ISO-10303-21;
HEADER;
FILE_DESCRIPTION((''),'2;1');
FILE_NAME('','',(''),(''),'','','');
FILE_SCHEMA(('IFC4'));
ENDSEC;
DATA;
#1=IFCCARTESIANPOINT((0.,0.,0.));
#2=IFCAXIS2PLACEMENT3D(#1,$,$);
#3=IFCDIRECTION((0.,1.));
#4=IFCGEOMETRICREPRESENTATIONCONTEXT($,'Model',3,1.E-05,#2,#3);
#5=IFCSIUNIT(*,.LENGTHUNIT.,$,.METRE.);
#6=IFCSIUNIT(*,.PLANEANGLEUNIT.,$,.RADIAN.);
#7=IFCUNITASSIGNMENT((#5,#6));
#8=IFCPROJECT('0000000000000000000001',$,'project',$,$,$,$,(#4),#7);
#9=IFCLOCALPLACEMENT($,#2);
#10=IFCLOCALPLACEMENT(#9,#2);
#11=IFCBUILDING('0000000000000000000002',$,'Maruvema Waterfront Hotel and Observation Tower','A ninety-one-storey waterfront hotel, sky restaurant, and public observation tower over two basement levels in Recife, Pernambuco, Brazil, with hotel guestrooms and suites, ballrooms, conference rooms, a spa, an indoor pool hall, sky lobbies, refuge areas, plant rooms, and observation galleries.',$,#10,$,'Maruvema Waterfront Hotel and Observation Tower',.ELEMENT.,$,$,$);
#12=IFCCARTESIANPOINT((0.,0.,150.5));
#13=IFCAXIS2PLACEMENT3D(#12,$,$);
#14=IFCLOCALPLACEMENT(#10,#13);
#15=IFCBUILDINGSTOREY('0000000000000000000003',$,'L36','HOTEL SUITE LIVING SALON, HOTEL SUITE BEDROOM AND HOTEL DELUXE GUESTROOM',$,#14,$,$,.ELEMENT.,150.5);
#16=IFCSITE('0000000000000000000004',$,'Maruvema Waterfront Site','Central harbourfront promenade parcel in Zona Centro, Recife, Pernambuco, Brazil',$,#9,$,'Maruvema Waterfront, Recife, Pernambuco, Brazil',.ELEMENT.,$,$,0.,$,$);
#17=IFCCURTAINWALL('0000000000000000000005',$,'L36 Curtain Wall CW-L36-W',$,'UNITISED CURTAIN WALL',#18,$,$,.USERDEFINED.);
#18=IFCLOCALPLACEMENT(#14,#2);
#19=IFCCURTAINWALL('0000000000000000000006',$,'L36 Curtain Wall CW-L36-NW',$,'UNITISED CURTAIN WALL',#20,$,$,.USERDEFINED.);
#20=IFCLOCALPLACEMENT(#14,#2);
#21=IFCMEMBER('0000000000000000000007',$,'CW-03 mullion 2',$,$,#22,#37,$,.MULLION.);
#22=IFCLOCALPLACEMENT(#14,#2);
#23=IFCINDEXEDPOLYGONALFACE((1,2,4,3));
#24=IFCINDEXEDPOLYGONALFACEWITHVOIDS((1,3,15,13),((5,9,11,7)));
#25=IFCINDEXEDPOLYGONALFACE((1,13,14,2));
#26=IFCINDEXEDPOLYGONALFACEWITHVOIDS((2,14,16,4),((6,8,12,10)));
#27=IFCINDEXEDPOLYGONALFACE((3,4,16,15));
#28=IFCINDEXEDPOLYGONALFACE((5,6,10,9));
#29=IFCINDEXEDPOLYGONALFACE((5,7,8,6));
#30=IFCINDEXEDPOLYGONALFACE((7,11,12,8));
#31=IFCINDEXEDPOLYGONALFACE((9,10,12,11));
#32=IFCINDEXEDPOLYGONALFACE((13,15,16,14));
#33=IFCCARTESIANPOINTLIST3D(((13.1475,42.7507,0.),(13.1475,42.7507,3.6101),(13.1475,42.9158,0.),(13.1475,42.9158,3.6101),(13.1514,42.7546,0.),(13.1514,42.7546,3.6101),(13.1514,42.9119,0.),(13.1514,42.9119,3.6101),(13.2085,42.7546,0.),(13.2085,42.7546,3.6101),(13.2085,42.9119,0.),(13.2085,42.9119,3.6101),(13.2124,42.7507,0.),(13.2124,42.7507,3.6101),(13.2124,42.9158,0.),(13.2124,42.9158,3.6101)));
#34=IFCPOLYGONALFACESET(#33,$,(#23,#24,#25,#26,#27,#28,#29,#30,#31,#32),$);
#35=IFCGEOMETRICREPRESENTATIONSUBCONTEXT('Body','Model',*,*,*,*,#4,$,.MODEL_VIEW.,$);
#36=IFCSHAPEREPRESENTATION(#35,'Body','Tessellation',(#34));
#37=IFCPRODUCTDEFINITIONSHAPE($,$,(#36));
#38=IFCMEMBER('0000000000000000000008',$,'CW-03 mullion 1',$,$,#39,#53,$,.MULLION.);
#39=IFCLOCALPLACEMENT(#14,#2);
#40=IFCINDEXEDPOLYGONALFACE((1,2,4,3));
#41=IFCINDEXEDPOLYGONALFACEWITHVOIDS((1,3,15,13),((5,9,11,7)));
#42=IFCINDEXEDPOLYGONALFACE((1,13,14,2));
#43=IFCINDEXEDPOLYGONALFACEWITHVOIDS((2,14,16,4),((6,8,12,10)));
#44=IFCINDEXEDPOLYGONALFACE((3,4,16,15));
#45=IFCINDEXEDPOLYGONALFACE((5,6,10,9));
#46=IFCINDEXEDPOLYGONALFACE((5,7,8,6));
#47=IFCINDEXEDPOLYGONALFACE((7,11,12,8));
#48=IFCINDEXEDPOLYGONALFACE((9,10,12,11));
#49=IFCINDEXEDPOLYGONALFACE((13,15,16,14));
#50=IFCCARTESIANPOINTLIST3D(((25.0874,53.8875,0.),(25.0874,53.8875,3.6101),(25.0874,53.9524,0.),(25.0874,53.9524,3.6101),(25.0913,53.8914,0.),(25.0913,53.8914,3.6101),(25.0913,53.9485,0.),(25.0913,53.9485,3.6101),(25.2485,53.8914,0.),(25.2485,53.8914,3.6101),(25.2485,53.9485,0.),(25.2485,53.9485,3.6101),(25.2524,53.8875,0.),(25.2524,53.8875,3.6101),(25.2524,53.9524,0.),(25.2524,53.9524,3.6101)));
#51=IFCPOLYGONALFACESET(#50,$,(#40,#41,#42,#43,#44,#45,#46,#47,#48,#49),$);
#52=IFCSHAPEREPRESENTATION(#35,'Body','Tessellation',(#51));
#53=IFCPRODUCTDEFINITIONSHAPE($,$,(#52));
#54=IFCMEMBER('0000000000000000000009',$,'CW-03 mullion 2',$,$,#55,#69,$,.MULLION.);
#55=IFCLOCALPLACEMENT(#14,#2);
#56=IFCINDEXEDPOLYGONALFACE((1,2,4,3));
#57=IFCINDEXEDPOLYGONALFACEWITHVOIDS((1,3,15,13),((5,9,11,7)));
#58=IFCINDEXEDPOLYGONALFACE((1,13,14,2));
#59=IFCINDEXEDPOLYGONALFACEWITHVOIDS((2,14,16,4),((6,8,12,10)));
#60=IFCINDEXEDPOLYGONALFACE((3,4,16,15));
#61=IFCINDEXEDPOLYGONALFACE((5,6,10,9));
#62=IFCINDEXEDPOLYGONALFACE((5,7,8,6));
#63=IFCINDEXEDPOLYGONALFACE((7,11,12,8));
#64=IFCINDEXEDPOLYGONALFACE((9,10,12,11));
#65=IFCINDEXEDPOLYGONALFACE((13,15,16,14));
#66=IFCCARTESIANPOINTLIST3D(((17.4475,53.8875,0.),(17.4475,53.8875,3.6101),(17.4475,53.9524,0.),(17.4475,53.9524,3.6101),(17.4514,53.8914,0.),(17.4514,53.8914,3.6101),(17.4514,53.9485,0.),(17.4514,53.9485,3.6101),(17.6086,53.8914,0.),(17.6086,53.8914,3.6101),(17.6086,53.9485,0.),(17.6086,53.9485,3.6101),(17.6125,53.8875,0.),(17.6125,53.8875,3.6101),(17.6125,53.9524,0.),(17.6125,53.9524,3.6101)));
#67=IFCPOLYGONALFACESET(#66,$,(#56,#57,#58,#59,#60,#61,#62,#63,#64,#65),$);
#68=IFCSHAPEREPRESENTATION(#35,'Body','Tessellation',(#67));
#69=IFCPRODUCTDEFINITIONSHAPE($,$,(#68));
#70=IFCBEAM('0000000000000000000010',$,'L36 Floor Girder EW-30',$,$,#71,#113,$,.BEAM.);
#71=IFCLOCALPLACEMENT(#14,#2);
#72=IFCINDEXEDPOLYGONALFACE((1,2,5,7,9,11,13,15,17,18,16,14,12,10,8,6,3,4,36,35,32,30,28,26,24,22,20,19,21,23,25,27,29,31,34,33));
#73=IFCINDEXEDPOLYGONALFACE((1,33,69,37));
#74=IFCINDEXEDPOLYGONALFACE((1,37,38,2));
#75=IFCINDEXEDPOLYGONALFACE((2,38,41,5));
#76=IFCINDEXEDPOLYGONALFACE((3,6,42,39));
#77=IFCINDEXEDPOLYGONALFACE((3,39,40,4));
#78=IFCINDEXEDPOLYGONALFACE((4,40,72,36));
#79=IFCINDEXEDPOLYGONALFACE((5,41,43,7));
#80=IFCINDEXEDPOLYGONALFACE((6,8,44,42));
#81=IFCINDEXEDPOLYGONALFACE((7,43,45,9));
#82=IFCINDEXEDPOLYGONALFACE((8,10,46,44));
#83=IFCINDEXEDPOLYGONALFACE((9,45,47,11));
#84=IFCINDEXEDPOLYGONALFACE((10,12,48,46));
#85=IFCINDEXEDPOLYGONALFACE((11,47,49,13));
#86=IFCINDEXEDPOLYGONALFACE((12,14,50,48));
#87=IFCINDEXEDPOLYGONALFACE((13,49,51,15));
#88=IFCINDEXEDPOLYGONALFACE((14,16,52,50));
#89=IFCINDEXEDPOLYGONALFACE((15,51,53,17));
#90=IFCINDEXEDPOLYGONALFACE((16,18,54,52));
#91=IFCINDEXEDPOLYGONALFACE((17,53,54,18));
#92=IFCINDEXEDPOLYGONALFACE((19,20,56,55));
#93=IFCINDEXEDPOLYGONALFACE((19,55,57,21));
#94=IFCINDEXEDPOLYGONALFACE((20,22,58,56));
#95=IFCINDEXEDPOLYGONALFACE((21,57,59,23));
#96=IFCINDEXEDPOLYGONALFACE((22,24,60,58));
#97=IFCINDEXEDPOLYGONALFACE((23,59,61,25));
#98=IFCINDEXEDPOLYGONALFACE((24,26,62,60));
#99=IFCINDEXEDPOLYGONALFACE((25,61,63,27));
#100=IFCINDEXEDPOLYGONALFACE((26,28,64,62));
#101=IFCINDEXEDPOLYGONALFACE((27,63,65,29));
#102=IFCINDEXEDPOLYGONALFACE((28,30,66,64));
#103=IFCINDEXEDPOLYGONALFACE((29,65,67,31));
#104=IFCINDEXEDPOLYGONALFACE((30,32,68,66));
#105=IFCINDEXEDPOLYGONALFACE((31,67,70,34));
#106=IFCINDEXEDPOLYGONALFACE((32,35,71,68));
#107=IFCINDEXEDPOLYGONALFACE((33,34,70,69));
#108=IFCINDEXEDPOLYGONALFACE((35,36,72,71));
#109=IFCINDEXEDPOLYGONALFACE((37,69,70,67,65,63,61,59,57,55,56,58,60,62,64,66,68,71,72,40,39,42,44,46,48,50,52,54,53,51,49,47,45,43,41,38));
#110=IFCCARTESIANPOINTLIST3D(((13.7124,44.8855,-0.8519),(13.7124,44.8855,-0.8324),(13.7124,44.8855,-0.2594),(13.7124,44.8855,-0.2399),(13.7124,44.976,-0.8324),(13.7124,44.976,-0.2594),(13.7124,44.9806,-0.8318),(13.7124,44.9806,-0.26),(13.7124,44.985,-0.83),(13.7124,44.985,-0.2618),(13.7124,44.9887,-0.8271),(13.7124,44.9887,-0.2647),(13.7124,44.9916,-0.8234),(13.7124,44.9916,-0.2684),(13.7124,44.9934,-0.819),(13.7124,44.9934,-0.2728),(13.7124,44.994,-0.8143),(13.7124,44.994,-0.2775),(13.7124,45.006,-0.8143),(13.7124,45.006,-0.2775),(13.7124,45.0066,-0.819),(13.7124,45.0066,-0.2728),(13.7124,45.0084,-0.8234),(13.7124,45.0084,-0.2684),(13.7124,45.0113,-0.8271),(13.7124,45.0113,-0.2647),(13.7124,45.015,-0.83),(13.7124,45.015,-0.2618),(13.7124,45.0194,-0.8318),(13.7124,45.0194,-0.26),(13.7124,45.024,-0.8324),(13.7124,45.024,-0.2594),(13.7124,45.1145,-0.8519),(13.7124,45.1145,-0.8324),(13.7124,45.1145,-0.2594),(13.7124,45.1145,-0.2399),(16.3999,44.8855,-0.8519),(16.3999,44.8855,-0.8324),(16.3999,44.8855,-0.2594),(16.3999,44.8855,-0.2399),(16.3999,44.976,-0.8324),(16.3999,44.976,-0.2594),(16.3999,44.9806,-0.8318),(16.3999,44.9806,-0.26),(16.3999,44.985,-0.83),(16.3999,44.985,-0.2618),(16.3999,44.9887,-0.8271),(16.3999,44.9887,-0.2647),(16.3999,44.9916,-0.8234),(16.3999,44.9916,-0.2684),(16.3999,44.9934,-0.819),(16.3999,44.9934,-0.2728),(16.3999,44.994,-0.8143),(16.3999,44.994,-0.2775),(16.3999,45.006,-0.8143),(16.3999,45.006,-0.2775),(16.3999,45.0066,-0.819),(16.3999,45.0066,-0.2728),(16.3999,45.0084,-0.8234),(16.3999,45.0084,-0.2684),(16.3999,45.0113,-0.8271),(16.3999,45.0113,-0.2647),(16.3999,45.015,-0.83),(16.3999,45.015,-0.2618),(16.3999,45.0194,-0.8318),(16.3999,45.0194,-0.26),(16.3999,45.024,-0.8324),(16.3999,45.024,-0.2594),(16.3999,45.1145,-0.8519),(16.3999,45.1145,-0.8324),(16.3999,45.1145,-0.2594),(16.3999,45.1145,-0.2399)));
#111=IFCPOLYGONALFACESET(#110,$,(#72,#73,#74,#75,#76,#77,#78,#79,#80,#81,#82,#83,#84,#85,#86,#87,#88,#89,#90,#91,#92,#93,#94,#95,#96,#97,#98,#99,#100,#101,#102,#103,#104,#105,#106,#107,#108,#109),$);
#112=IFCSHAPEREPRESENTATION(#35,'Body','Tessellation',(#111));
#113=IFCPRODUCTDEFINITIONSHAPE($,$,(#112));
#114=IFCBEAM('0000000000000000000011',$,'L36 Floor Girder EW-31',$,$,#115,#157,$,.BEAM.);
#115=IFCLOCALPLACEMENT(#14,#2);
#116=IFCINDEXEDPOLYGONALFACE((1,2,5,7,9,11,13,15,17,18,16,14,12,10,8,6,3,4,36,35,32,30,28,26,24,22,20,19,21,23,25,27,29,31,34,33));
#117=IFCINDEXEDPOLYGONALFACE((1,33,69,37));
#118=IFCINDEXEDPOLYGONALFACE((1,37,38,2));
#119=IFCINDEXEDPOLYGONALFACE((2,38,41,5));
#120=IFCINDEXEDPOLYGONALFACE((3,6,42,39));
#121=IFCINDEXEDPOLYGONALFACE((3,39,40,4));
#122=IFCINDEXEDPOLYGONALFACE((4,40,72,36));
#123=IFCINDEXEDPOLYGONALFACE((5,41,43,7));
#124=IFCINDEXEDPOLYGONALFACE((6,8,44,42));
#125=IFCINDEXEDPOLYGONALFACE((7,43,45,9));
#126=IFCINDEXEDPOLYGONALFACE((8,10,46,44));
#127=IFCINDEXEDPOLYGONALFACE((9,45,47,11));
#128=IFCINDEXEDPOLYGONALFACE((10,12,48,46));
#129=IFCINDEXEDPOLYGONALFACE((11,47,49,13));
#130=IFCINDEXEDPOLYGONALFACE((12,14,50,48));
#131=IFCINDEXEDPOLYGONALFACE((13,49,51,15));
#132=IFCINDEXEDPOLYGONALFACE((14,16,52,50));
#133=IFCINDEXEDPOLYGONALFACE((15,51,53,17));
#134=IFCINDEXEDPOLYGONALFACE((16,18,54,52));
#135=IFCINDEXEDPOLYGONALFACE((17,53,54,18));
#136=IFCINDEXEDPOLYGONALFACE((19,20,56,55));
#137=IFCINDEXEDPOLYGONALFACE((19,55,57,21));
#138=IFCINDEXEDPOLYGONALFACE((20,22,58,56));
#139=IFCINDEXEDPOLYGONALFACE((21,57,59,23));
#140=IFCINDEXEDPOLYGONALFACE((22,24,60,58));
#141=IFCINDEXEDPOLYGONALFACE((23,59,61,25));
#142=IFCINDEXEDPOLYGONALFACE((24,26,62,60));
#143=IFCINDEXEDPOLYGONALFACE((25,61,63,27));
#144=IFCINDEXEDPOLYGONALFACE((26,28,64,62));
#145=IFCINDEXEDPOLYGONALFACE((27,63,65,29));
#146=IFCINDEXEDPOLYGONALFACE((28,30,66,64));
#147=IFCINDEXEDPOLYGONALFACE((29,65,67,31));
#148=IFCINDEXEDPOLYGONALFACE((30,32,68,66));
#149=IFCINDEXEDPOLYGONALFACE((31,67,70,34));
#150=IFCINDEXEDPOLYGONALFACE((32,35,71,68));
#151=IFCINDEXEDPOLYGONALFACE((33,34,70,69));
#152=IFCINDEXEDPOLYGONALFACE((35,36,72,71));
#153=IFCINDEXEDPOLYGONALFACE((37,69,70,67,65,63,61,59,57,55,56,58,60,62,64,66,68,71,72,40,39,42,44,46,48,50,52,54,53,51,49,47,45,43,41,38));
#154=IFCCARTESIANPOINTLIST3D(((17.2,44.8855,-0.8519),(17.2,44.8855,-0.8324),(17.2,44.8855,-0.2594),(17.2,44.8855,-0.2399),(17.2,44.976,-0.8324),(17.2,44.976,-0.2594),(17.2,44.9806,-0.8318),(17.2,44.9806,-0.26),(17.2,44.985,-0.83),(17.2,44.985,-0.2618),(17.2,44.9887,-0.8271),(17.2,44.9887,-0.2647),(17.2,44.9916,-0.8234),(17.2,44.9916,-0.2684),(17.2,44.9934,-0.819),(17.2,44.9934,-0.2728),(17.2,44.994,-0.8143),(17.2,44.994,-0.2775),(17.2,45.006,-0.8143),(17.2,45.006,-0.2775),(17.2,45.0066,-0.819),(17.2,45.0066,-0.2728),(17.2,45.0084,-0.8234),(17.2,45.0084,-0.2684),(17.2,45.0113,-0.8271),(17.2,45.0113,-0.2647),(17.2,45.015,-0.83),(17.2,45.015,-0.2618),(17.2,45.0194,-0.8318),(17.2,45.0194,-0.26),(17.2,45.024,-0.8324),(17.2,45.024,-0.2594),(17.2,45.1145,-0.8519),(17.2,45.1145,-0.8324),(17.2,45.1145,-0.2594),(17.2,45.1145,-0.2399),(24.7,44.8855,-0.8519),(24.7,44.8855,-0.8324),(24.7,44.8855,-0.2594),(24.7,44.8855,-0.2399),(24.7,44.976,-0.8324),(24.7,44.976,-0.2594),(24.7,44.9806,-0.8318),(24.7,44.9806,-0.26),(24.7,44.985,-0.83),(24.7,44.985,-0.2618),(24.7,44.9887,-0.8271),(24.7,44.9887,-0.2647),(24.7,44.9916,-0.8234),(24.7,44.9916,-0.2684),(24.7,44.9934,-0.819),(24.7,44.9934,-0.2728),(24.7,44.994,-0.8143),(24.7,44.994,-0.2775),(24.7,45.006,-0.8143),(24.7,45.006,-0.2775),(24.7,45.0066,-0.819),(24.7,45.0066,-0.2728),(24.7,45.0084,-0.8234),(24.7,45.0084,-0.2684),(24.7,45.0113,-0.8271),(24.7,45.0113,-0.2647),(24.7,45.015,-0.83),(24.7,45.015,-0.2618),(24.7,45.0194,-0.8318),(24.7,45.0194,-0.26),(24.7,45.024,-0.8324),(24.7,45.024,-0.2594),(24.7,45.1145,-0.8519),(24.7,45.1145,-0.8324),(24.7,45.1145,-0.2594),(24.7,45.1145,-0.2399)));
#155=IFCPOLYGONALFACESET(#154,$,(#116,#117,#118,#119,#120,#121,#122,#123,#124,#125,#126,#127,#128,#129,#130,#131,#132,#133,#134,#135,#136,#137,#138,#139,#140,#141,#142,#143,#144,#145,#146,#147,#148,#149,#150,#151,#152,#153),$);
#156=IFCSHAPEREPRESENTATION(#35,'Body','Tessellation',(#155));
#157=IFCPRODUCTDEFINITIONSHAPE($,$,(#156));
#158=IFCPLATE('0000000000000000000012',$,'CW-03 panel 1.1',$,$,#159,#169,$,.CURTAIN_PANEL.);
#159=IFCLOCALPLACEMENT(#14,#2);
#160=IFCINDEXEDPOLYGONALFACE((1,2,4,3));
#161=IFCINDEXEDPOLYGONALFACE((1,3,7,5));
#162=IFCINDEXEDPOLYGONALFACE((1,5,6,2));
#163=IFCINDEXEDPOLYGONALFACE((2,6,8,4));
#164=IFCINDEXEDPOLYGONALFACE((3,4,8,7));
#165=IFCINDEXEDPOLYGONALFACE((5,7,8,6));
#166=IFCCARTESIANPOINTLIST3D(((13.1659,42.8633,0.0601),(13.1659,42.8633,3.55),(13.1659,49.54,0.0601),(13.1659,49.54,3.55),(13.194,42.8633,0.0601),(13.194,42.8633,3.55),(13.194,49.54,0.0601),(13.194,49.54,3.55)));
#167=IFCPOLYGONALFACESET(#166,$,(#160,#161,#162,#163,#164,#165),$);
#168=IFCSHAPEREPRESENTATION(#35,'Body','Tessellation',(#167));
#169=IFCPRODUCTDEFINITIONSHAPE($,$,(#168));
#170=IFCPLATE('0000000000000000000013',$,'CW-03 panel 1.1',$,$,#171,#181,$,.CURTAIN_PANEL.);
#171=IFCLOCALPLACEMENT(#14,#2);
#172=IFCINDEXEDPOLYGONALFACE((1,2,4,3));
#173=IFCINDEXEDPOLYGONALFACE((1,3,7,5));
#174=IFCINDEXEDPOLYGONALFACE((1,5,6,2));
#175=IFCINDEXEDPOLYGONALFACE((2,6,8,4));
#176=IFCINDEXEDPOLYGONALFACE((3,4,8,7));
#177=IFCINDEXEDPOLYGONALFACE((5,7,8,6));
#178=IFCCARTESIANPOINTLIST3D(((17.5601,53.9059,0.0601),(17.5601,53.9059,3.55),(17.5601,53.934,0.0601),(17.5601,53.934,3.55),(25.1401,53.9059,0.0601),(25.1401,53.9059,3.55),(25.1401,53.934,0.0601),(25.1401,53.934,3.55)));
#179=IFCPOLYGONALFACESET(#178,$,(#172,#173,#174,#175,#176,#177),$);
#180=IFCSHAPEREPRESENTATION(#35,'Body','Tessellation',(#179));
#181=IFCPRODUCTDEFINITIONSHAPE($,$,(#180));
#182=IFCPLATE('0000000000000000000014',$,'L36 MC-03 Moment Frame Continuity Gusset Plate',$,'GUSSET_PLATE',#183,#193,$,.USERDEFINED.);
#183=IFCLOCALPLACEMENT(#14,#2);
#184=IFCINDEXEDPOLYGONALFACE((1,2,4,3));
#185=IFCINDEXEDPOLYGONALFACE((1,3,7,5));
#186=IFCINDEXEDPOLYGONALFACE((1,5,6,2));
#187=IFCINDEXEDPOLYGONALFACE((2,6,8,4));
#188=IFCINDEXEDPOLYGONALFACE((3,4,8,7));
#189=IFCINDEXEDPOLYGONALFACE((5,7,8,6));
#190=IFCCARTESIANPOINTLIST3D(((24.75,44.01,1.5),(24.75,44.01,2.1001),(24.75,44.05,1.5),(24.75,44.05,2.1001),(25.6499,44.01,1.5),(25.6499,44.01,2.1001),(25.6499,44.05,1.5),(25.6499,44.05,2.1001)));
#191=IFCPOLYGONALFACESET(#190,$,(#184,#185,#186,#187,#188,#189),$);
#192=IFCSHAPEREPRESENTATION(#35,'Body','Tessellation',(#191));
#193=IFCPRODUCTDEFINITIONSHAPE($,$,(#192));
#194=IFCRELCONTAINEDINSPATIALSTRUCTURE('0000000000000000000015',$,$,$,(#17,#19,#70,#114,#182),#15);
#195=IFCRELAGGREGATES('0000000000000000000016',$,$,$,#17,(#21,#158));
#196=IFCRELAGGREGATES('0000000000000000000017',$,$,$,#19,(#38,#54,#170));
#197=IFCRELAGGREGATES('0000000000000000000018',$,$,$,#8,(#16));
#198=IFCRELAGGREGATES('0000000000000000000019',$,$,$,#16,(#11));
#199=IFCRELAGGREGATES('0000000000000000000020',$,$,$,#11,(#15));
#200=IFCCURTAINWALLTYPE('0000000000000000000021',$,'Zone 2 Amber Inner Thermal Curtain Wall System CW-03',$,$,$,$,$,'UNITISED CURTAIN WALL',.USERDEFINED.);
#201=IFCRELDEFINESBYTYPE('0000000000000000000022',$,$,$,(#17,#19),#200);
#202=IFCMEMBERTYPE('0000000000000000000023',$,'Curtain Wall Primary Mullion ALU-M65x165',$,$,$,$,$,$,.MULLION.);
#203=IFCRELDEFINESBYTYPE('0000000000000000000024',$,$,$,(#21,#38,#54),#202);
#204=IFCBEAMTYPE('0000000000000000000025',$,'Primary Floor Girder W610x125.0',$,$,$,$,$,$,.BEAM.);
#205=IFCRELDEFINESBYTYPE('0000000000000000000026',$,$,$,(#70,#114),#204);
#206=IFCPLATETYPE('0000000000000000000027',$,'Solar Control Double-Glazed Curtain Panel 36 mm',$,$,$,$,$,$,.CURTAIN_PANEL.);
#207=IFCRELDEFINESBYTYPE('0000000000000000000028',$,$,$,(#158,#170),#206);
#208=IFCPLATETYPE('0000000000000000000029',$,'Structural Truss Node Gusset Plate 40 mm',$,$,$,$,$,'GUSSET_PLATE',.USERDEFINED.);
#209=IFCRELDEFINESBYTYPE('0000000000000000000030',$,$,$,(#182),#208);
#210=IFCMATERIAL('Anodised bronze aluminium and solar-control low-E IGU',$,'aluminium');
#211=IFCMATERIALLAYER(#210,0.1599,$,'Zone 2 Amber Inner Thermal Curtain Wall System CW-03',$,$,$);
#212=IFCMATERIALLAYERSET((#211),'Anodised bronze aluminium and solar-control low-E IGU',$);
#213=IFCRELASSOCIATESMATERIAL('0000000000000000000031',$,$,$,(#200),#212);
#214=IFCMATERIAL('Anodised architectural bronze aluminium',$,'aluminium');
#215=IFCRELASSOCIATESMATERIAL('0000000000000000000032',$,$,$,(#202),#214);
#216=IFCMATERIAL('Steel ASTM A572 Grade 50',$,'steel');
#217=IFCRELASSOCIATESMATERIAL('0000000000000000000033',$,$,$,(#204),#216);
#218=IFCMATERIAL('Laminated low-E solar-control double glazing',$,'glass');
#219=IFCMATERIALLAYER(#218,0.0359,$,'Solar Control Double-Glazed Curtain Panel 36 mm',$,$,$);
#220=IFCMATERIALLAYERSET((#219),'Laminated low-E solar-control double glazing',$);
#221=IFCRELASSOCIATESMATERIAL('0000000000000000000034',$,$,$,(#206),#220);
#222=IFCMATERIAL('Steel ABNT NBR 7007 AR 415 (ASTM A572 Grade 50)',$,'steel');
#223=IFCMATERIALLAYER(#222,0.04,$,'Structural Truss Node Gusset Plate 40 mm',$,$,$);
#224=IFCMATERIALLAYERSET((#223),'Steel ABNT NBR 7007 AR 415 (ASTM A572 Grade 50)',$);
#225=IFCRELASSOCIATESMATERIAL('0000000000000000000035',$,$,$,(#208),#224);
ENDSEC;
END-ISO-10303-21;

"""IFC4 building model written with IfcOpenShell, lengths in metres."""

from ifc_helpers import new_model, si_unit, direction, frame, origin, origin_2d, place, context, subcontext, project, spatial, rectangle, hollow_rectangle, i_section, extrude, material, layer, layer_set, material_profile, profile_set, type_object, element, aggregate, save


model = new_model("IFC4")

# Units and contexts
model_context = context("Model", 3, precision=1e-05, world=origin(), true_north=direction((0.0, 1.0)))
body_context = subcontext(model_context, "Body", "Model", "MODEL_VIEW")
ifc_project = project(units=[si_unit("LENGTHUNIT", "METRE"), si_unit("PLANEANGLEUNIT", "RADIAN")], contexts=[model_context])

# Site, building, storey
site_placement = place(None, origin())
site = spatial("IfcSite", under=ifc_project, at=site_placement, Name="Maruvema Waterfront Site", Description="Central harbourfront promenade parcel in Zona Centro, Recife, Pernambuco, Brazil", LongName="Maruvema Waterfront, Recife, Pernambuco, Brazil", CompositionType="ELEMENT", RefElevation=0.0)
building_placement = place(site_placement, origin())
building = spatial("IfcBuilding", under=site, at=building_placement, Name="Maruvema Waterfront Hotel and Observation Tower", Description="A ninety-one-storey waterfront hotel, sky restaurant, and public observation tower over two basement levels in Recife, Pernambuco, Brazil, with hotel guestrooms and suites, ballrooms, conference rooms, a spa, an indoor pool hall, sky lobbies, refuge areas, plant rooms, and observation galleries.", LongName="Maruvema Waterfront Hotel and Observation Tower", CompositionType="ELEMENT")
storey_placement = place(building_placement, frame((0.0, 0.0, 150.5)))
storey = spatial("IfcBuildingStorey", under=building, at=storey_placement, Name="L36", Description="HOTEL SUITE LIVING SALON, HOTEL SUITE BEDROOM AND HOTEL DELUXE GUESTROOM", CompositionType="ELEMENT", Elevation=150.5)

# Curtain walls
ifc_material_1 = material(Name="Anodised bronze aluminium and solar-control low-E IGU", Category="aluminium")
ifc_layer_1 = layer(ifc_material_1, 0.1599, Name="Zone 2 Amber Inner Thermal Curtain Wall System CW-03")
ifc_layer_set_1 = layer_set([ifc_layer_1], Name="Anodised bronze aluminium and solar-control low-E IGU")
curtain_wall_type = type_object("IfcCurtainWallType", Name="Zone 2 Amber Inner Thermal Curtain Wall System CW-03", ElementType="UNITISED CURTAIN WALL", PredefinedType="USERDEFINED", material=ifc_layer_set_1)
curtain_wall_1_placement = place(storey_placement, origin())
curtain_wall_1 = element("IfcCurtainWall", 1, at=curtain_wall_1_placement, inside=storey, type_object=curtain_wall_type, Name="L36 Curtain Wall CW-L36-W", ObjectType="UNITISED CURTAIN WALL", PredefinedType="USERDEFINED")
curtain_wall_2_placement = place(storey_placement, origin())
curtain_wall_2 = element("IfcCurtainWall", 2, at=curtain_wall_2_placement, inside=storey, type_object=curtain_wall_type, Name="L36 Curtain Wall CW-L36-NW", ObjectType="UNITISED CURTAIN WALL", PredefinedType="USERDEFINED")

# Members
ifc_material_2 = material(Name="Anodised architectural bronze aluminium", Category="aluminium")
ifc_material_profile_1 = material_profile(ifc_material_2, hollow_rectangle(XDim=0.0649, YDim=0.165, WallThickness=0.0039, at=origin_2d()), Name="ALU-M65x165")
ifc_profile_set_1 = profile_set([ifc_material_profile_1], Name="Anodised architectural bronze aluminium")
member_type_1 = type_object("IfcMemberType", Name="Curtain Wall Primary Mullion ALU-M65x165", PredefinedType="MULLION", material=ifc_profile_set_1)
member_1_placement = place(storey_placement, frame((13.1799, 42.8333, 0.0), z_axis=(0.0, 0.0, 1.0), x_axis=(1.0, 0.0, 0.0)))
member_1 = element("IfcMember", 3, at=member_1_placement, type_object=member_type_1, Name="CW-03 mullion 2", PredefinedType="MULLION", context=body_context, shape_type="SweptSolid", body=[
    extrude(hollow_rectangle(XDim=0.0649, YDim=0.165, WallThickness=0.0039, at=origin_2d()), origin(), (0.0, 0.0, 1.0), 3.6101),
])
member_2_placement = place(storey_placement, frame((25.1699, 53.9199, 0.0), z_axis=(0.0, 0.0, 1.0), x_axis=(0.0, -1.0, 0.0)))
member_2 = element("IfcMember", 4, at=member_2_placement, type_object=member_type_1, Name="CW-03 mullion 1", PredefinedType="MULLION", context=body_context, shape_type="SweptSolid", body=[
    extrude(hollow_rectangle(XDim=0.0649, YDim=0.165, WallThickness=0.0039, at=origin_2d()), origin(), (0.0, 0.0, 1.0), 3.6101),
])
member_3_placement = place(storey_placement, frame((17.53, 53.9199, 0.0), z_axis=(0.0, 0.0, 1.0), x_axis=(0.0, -1.0, 0.0)))
member_3 = element("IfcMember", 5, at=member_3_placement, type_object=member_type_1, Name="CW-03 mullion 2", PredefinedType="MULLION", context=body_context, shape_type="SweptSolid", body=[
    extrude(hollow_rectangle(XDim=0.0649, YDim=0.165, WallThickness=0.0039, at=origin_2d()), origin(), (0.0, 0.0, 1.0), 3.6101),
])

# Beams
ifc_material_3 = material(Name="Steel ASTM A572 Grade 50", Category="steel")
ifc_material_profile_2 = material_profile(ifc_material_3, i_section(OverallWidth=0.229, OverallDepth=0.6121, WebThickness=0.012, FlangeThickness=0.0195, FilletRadius=0.0181, at=origin_2d()), Name="W610x125.0")
ifc_profile_set_2 = profile_set([ifc_material_profile_2], Name="Steel ASTM A572 Grade 50")
beam_type = type_object("IfcBeamType", Name="Primary Floor Girder W610x125.0", PredefinedType="BEAM", material=ifc_profile_set_2)
beam_1_placement = place(storey_placement, frame((13.7124, 45.0, -0.5459), z_axis=(1.0, 0.0, 0.0), x_axis=(0.0, 1.0, 0.0)))
element("IfcBeam", 6, at=beam_1_placement, inside=storey, type_object=beam_type, Name="L36 Floor Girder EW-30", PredefinedType="BEAM", context=body_context, shape_type="SweptSolid", body=[
    extrude(i_section(OverallWidth=0.229, OverallDepth=0.6121, WebThickness=0.012, FlangeThickness=0.0195, FilletRadius=0.0181, at=origin_2d()), origin(), (0.0, 0.0, 1.0), 2.6875),
])
beam_2_placement = place(storey_placement, frame((17.2, 45.0, -0.5459), z_axis=(1.0, 0.0, 0.0), x_axis=(0.0, 1.0, 0.0)))
element("IfcBeam", 7, at=beam_2_placement, inside=storey, type_object=beam_type, Name="L36 Floor Girder EW-31", PredefinedType="BEAM", context=body_context, shape_type="SweptSolid", body=[
    extrude(i_section(OverallWidth=0.229, OverallDepth=0.6121, WebThickness=0.012, FlangeThickness=0.0195, FilletRadius=0.0181, at=origin_2d()), origin(), (0.0, 0.0, 1.0), 7.5),
])

# Plates
ifc_material_4 = material(Name="Laminated low-E solar-control double glazing", Category="glass")
ifc_layer_2 = layer(ifc_material_4, 0.0359, Name="Solar Control Double-Glazed Curtain Panel 36 mm")
ifc_layer_set_2 = layer_set([ifc_layer_2], Name="Laminated low-E solar-control double glazing")
plate_type_1 = type_object("IfcPlateType", Name="Solar Control Double-Glazed Curtain Panel 36 mm", PredefinedType="CURTAIN_PANEL", material=ifc_layer_set_2)
plate_1_placement = place(storey_placement, frame((13.1799, 46.2017, 0.0601), z_axis=(0.0, 0.0, 1.0), x_axis=(0.0, -1.0, 0.0)))
plate_1 = element("IfcPlate", 8, at=plate_1_placement, type_object=plate_type_1, Name="CW-03 panel 1.1", PredefinedType="CURTAIN_PANEL", context=body_context, shape_type="SweptSolid", body=[
    extrude(rectangle(XDim=6.6768, YDim=0.0281, at=origin_2d()), origin(), (0.0, 0.0, 1.0), 3.49),
])
aggregate(curtain_wall_1, [member_1, plate_1])
plate_2_placement = place(storey_placement, frame((21.3501, 53.9199, 0.0601), z_axis=(0.0, 0.0, 1.0), x_axis=(-1.0, 0.0, 0.0)))
plate_2 = element("IfcPlate", 9, at=plate_2_placement, type_object=plate_type_1, Name="CW-03 panel 1.1", PredefinedType="CURTAIN_PANEL", context=body_context, shape_type="SweptSolid", body=[
    extrude(rectangle(XDim=7.5801, YDim=0.0281, at=origin_2d()), origin(), (0.0, 0.0, 1.0), 3.49),
])
aggregate(curtain_wall_2, [member_2, member_3, plate_2])
ifc_material_5 = material(Name="Steel ABNT NBR 7007 AR 415 (ASTM A572 Grade 50)", Category="steel")
ifc_layer_3 = layer(ifc_material_5, 0.04, Name="Structural Truss Node Gusset Plate 40 mm")
ifc_layer_set_3 = layer_set([ifc_layer_3], Name="Steel ABNT NBR 7007 AR 415 (ASTM A572 Grade 50)")
plate_type_2 = type_object("IfcPlateType", Name="Structural Truss Node Gusset Plate 40 mm", ElementType="GUSSET_PLATE", PredefinedType="USERDEFINED", material=ifc_layer_set_3)
plate_3_placement = place(storey_placement, frame((25.2, 44.03, 1.5), z_axis=(0.0, 0.0, 1.0), x_axis=(1.0, 0.0, 0.0)))
element("IfcPlate", 10, at=plate_3_placement, inside=storey, type_object=plate_type_2, Name="L36 MC-03 Moment Frame Continuity Gusset Plate", ObjectType="GUSSET_PLATE", PredefinedType="USERDEFINED", context=body_context, shape_type="SweptSolid", body=[
    extrude(rectangle(XDim=0.8999, YDim=0.04, at=origin_2d()), origin(), (0.0, 0.0, 1.0), 0.6001),
])

save(model, "model.ifc")
